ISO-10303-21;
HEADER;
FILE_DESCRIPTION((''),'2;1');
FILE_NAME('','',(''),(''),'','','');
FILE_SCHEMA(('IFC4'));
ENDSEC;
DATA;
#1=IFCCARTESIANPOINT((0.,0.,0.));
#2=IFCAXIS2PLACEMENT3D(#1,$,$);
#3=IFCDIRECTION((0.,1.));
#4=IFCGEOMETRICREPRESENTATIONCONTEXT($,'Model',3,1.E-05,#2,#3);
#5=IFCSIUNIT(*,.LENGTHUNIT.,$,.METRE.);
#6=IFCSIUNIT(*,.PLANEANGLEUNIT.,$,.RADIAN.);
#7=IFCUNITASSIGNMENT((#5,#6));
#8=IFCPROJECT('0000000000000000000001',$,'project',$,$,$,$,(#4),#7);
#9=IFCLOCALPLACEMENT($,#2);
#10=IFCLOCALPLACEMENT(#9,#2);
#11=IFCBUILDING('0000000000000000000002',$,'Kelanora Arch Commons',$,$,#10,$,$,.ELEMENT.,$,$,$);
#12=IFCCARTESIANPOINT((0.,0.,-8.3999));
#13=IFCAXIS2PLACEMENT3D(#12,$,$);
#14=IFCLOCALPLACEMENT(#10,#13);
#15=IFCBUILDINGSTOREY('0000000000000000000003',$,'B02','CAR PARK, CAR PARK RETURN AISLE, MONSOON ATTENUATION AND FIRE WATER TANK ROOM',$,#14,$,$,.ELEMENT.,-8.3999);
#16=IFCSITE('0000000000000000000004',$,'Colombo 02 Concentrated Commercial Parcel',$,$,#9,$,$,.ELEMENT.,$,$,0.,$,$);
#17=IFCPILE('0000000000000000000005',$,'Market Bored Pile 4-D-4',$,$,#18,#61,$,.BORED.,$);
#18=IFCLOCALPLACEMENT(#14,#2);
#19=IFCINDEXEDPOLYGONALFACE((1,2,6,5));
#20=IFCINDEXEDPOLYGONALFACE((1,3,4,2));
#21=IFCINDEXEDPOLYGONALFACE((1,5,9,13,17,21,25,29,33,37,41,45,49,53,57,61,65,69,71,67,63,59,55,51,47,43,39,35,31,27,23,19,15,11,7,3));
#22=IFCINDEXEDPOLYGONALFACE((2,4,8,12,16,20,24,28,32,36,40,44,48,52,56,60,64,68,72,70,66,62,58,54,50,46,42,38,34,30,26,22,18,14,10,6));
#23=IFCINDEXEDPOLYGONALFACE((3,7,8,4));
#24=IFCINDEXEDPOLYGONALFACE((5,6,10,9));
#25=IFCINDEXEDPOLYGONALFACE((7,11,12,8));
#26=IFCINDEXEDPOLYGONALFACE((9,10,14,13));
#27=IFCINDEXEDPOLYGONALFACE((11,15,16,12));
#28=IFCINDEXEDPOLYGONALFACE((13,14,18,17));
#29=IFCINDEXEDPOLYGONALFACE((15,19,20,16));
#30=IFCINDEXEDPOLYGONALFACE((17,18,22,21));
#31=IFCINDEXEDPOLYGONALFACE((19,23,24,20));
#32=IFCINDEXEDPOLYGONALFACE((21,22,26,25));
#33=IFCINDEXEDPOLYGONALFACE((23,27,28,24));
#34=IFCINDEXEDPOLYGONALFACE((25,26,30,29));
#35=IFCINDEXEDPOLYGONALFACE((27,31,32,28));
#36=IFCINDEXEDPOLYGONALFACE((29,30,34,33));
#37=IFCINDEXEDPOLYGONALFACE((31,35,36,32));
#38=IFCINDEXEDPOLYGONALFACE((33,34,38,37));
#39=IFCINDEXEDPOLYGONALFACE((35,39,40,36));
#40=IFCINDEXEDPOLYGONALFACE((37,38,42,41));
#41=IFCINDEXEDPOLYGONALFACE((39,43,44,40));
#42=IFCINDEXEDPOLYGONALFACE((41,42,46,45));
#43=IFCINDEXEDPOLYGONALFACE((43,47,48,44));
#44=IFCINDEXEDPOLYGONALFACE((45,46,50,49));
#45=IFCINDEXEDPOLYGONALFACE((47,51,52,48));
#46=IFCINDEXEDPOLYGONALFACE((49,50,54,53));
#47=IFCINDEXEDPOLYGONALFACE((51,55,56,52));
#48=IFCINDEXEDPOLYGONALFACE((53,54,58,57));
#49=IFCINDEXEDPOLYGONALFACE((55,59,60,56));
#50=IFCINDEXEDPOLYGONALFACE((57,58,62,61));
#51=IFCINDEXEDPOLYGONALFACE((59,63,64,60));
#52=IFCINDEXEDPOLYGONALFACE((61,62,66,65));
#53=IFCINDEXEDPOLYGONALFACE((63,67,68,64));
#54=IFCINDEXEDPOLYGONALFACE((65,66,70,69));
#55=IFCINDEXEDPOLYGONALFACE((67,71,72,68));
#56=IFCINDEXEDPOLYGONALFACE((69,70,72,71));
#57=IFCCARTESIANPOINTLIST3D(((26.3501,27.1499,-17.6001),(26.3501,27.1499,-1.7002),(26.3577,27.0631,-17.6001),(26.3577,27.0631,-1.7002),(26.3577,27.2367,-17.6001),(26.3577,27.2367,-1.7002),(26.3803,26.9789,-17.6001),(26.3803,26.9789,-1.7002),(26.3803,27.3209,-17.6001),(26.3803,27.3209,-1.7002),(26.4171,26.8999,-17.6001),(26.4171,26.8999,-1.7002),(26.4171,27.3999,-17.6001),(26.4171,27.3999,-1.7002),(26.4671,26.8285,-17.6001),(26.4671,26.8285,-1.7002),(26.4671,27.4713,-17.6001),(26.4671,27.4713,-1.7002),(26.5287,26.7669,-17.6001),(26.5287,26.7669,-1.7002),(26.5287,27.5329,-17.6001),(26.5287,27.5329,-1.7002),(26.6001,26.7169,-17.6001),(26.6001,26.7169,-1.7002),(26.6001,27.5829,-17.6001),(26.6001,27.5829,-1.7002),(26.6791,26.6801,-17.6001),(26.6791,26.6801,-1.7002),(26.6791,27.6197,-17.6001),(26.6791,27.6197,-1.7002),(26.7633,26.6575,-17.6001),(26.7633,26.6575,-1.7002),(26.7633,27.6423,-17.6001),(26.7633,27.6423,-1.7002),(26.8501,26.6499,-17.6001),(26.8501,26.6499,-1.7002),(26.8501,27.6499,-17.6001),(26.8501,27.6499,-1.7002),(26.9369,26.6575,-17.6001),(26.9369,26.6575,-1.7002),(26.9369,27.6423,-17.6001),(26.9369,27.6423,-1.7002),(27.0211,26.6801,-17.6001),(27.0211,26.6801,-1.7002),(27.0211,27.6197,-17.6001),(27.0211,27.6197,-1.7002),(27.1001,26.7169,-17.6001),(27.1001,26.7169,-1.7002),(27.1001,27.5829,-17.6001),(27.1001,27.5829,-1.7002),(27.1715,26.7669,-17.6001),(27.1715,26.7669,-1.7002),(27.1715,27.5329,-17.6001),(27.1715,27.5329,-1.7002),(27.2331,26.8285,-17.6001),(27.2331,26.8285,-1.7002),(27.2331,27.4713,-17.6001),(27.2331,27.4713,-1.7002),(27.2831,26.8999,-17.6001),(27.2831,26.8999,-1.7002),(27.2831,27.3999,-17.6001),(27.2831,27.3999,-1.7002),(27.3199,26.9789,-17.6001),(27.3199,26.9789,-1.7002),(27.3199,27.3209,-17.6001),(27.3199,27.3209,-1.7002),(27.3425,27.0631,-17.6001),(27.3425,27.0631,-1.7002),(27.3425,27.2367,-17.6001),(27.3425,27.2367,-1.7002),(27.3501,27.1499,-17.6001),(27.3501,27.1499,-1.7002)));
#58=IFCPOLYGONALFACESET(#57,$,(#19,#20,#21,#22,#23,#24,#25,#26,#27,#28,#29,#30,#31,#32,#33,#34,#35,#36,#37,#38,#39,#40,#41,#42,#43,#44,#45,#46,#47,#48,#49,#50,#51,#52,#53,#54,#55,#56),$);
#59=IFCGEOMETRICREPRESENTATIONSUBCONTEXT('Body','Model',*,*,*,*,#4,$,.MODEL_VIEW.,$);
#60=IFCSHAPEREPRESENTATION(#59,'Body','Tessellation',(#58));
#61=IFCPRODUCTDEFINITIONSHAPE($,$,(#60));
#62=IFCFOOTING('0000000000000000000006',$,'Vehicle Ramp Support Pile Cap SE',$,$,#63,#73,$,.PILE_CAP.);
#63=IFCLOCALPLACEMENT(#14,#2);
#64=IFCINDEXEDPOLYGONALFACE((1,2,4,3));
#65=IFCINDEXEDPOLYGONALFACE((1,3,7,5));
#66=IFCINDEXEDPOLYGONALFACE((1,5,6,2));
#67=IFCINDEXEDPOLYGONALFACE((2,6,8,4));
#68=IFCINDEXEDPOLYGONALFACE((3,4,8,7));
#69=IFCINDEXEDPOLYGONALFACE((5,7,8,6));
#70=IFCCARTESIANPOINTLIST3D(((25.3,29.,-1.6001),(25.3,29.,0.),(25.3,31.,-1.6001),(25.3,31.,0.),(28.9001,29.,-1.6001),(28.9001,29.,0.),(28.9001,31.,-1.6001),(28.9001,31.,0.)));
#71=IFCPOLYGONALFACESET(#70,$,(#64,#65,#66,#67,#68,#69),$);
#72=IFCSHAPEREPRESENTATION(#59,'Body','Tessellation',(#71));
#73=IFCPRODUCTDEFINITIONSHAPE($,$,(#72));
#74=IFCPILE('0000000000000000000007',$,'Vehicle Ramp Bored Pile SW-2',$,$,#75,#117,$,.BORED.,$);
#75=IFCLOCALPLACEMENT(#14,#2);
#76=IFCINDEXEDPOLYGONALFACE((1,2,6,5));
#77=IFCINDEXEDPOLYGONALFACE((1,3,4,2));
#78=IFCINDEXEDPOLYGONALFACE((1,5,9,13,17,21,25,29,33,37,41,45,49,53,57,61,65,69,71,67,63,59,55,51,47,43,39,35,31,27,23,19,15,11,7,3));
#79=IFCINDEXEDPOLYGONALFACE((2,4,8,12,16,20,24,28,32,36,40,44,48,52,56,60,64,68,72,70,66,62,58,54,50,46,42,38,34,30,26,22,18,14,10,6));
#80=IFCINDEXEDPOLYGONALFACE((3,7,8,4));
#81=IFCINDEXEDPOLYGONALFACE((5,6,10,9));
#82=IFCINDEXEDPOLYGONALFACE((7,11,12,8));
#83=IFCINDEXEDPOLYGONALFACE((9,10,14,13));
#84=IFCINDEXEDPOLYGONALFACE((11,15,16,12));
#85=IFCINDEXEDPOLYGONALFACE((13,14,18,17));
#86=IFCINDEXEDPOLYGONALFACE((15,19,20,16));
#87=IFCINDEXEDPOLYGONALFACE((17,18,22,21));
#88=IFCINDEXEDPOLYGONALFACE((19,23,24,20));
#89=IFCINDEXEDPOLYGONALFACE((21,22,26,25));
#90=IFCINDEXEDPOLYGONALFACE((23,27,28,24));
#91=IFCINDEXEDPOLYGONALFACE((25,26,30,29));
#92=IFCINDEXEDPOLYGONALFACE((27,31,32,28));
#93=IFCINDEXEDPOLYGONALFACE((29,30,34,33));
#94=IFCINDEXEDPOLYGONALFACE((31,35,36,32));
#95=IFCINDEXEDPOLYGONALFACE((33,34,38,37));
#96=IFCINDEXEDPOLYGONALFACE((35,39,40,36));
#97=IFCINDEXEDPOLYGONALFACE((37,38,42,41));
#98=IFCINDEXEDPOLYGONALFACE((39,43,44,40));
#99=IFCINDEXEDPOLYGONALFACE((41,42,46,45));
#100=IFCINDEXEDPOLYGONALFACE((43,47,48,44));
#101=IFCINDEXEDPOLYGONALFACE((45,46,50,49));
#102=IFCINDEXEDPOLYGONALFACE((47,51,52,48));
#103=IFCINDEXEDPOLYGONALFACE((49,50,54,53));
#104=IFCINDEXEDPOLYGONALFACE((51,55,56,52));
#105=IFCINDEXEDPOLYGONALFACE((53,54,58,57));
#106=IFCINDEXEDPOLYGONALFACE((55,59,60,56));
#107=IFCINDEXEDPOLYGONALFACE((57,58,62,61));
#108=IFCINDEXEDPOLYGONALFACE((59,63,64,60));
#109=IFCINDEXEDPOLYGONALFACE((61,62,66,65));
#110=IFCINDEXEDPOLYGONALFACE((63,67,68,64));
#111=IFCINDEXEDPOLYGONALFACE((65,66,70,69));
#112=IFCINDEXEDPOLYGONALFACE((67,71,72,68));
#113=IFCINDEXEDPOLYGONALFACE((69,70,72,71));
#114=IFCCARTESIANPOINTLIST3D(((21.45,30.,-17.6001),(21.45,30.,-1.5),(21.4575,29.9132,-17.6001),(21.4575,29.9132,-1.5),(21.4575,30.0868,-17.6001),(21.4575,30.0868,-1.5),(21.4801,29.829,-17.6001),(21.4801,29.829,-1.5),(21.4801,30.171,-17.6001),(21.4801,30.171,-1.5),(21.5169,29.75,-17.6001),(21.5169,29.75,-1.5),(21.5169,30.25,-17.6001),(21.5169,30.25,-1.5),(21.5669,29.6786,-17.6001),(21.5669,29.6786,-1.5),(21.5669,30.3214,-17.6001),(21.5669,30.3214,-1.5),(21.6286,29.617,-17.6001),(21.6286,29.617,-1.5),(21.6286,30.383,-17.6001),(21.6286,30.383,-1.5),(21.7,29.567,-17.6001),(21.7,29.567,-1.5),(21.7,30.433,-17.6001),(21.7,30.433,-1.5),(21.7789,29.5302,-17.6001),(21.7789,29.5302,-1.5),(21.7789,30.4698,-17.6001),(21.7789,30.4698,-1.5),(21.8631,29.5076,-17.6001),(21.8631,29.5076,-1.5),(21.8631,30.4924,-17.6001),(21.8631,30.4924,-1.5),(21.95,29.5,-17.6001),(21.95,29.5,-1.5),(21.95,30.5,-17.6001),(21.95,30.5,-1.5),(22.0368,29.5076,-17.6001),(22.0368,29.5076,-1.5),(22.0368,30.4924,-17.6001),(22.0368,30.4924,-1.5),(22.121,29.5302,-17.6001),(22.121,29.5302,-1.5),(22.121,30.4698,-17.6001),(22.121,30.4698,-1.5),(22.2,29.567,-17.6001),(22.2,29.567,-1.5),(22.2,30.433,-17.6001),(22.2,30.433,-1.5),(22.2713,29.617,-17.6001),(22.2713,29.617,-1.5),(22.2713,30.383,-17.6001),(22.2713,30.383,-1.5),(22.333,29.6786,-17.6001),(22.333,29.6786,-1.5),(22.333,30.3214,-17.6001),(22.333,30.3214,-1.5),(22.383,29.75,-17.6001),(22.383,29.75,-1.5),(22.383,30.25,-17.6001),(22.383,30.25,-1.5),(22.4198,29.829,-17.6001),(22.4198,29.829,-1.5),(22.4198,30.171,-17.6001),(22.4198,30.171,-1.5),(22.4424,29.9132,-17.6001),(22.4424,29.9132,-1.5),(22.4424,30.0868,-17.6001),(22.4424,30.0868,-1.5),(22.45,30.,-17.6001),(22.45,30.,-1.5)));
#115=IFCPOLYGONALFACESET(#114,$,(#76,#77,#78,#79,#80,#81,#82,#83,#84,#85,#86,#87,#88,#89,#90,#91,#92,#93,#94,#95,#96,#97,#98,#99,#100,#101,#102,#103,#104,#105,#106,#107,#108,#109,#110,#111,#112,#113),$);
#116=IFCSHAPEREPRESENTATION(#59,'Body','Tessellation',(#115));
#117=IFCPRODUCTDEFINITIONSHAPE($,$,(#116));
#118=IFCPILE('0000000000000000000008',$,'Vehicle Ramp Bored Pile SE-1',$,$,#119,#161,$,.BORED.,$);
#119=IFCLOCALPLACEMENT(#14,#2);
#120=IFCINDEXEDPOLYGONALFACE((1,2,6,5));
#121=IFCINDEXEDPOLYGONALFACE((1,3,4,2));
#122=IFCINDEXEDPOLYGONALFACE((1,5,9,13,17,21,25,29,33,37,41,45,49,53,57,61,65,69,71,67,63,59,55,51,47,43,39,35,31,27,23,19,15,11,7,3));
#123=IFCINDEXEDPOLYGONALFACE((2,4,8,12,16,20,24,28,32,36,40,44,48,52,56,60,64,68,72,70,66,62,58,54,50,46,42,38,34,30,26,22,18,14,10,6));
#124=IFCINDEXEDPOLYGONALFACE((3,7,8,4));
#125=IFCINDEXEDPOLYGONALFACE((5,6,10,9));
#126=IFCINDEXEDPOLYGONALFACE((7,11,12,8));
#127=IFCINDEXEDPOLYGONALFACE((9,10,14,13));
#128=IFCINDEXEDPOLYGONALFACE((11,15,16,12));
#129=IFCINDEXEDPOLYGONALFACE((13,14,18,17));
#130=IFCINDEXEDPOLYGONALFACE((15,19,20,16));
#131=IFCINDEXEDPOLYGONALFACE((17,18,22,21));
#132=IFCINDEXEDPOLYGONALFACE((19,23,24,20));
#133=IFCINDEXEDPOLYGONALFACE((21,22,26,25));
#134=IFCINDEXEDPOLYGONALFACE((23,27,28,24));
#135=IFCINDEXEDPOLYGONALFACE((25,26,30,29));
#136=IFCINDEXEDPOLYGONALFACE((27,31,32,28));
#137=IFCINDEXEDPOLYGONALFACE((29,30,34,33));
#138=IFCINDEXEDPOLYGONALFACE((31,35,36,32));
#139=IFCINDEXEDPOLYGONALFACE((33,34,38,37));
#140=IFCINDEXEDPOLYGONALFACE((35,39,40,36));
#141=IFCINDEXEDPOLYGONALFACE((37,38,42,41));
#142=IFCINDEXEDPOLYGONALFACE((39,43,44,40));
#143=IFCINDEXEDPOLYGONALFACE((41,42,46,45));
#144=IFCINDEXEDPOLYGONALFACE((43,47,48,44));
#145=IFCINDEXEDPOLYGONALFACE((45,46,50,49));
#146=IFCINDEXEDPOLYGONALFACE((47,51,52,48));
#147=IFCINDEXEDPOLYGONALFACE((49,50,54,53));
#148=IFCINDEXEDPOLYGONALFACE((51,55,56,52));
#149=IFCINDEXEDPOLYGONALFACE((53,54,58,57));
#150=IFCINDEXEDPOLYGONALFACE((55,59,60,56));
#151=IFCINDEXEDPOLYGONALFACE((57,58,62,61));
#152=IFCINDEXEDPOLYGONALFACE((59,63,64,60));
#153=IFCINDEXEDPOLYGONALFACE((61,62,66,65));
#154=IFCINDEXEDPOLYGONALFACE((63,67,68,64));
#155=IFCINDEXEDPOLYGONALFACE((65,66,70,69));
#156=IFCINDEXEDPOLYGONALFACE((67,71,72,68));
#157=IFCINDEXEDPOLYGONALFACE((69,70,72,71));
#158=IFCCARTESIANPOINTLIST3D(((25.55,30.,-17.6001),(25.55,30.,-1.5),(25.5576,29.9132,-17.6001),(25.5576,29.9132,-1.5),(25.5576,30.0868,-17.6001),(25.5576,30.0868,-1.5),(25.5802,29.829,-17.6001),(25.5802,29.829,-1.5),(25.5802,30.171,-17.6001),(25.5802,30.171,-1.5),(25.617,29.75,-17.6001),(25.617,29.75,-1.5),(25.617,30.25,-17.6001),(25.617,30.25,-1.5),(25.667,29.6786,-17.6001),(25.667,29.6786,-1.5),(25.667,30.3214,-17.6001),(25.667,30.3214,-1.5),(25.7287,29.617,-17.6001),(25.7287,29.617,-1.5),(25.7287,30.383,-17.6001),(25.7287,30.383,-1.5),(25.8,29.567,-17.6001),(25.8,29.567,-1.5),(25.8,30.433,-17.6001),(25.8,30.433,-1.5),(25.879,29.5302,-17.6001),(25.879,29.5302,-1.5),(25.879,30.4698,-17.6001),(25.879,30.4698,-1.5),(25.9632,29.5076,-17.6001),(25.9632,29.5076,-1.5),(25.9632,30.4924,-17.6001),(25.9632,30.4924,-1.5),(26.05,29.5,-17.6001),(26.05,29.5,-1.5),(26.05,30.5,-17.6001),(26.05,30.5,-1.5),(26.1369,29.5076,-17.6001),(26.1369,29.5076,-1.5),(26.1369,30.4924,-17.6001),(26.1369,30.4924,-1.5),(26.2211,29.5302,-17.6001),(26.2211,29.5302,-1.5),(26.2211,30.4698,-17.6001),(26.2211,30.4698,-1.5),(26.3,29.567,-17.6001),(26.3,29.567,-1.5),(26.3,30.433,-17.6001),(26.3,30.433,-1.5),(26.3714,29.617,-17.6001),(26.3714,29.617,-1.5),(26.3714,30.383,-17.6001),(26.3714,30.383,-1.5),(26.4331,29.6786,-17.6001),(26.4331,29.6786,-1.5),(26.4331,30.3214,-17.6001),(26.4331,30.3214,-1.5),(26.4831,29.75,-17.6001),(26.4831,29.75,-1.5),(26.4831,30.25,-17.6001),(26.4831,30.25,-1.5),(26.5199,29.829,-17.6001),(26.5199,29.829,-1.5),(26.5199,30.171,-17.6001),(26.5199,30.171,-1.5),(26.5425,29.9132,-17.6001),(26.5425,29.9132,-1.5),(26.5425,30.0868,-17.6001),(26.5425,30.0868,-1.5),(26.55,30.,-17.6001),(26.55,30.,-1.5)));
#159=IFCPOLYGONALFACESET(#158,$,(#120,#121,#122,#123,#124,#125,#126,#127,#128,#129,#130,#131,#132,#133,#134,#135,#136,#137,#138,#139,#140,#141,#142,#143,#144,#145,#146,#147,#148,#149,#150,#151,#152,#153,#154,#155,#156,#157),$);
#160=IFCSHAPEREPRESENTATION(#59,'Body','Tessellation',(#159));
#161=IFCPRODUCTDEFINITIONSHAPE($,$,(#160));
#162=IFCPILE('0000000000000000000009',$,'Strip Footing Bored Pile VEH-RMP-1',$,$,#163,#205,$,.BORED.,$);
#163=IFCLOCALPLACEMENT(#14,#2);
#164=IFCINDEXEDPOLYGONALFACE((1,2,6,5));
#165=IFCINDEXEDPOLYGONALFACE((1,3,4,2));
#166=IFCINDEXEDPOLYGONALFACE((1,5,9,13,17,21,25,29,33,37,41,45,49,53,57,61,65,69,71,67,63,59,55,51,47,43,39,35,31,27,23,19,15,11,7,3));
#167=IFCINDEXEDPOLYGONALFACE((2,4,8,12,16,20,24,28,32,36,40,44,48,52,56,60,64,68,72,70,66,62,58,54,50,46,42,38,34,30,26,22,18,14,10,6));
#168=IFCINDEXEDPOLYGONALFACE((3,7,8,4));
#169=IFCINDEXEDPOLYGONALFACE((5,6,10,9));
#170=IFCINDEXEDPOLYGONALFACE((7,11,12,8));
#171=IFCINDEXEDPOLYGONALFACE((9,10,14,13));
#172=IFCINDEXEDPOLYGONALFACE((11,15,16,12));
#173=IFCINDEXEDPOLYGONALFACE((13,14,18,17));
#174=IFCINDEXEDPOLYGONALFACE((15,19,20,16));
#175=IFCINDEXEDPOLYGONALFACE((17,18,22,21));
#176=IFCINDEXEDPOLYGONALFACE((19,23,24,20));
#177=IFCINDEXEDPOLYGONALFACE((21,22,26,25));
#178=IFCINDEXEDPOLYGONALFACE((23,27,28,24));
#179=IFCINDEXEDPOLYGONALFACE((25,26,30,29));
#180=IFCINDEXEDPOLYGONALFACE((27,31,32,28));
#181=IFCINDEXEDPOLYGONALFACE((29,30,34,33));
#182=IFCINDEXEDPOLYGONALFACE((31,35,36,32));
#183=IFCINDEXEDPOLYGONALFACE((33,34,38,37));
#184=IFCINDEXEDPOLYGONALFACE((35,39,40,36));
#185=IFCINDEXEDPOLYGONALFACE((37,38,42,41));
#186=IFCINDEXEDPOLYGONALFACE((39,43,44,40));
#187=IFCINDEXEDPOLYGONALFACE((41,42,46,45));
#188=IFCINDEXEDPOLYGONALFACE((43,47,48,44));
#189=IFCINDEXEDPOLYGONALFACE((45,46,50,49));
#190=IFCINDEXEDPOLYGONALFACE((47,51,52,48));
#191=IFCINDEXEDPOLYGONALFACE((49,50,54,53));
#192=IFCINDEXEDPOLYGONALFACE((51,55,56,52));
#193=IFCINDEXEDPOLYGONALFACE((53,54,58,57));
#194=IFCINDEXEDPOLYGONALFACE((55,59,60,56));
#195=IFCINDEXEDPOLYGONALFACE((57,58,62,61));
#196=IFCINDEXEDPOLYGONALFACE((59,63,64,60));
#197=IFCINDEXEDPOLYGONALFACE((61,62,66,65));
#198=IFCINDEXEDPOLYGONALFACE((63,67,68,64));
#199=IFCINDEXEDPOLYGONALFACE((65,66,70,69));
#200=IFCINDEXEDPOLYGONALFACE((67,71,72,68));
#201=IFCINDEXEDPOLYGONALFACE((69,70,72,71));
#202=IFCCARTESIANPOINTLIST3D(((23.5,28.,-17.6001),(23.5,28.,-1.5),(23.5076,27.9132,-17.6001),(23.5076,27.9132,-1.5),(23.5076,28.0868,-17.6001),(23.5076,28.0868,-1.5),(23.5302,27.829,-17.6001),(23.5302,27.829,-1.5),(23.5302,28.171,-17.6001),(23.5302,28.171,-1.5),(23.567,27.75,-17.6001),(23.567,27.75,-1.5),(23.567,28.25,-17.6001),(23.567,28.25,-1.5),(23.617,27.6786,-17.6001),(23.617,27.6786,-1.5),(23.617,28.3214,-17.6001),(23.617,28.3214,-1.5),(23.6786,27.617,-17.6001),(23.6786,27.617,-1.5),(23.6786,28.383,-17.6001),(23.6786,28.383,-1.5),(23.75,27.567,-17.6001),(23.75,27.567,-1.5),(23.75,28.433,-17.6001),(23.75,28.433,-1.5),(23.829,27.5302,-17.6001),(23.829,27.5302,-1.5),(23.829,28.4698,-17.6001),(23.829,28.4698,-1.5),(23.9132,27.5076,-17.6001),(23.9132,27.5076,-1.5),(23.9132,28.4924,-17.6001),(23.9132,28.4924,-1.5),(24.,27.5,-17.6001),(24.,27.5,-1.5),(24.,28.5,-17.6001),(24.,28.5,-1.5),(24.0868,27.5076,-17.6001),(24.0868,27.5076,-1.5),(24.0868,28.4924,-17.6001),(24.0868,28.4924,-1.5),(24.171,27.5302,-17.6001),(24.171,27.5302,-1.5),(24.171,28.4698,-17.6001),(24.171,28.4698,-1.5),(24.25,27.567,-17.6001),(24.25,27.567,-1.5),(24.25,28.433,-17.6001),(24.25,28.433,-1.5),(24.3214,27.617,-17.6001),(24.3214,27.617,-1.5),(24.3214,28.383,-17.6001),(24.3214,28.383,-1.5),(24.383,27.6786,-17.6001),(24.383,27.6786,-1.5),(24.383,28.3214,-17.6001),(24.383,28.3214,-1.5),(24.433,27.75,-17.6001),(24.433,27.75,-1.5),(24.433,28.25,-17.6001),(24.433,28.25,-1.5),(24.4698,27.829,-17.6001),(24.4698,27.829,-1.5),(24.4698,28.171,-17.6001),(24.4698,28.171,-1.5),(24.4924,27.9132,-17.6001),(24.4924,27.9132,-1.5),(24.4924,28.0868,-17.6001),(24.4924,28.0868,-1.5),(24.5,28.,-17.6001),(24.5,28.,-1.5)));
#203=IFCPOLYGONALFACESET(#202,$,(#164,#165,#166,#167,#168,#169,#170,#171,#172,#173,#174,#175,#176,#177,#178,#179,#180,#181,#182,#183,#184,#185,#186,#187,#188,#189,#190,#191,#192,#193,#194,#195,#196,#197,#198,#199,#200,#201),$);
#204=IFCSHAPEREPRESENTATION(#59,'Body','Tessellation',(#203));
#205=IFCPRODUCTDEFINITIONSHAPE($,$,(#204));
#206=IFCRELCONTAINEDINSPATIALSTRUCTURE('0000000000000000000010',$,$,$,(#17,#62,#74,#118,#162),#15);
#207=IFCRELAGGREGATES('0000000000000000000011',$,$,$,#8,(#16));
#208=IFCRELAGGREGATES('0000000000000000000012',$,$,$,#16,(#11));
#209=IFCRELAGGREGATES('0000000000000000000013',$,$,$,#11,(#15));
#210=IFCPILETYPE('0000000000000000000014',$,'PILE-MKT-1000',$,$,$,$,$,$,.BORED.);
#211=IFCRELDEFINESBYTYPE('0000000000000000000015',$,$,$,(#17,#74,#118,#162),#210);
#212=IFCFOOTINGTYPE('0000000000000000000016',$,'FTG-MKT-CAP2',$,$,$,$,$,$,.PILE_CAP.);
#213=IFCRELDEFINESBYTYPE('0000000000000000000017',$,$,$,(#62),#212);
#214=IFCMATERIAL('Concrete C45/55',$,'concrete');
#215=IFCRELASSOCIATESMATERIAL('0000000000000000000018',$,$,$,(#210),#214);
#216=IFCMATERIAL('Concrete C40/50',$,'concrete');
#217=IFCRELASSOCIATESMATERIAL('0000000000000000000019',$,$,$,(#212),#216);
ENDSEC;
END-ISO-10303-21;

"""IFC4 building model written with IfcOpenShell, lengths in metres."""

from ifc_helpers import new_model, si_unit, direction, frame, origin, origin_2d, place, context, subcontext, project, spatial, rectangle, circle, extrude, source, transform, mapped, material, material_profile, profile_set, type_object, element, save


model = new_model("IFC4")

# Units and contexts
model_context = context("Model", 3, precision=1e-05, world=origin(), true_north=direction((0.0, 1.0)))
body_context = subcontext(model_context, "Body", "Model", "MODEL_VIEW")
ifc_project = project(units=[si_unit("LENGTHUNIT", "METRE"), si_unit("PLANEANGLEUNIT", "RADIAN")], contexts=[model_context])

# Site, building, storey
site_placement = place(None, origin())
site = spatial("IfcSite", under=ifc_project, at=site_placement, Name="Colombo 02 Concentrated Commercial Parcel", CompositionType="ELEMENT", RefElevation=0.0)
building_placement = place(site_placement, origin())
building = spatial("IfcBuilding", under=site, at=building_placement, Name="Kelanora Arch Commons", CompositionType="ELEMENT")
storey_placement = place(building_placement, frame((0.0, 0.0, -8.3999)))
storey = spatial("IfcBuildingStorey", under=building, at=storey_placement, Name="B02", Description="CAR PARK, CAR PARK RETURN AISLE, MONSOON ATTENUATION AND FIRE WATER TANK ROOM", CompositionType="ELEMENT", Elevation=-8.3999)

# Shared definitions
ifc_material_1 = material(Name="Concrete C40/50", Category="concrete")

# Pile
ifc_material_2 = material(Name="Concrete C45/55", Category="concrete")
ifc_material_profile_1 = material_profile(ifc_material_2, circle(Radius=0.5, at=origin_2d()), Name="PILE1000")
ifc_profile_set_1 = profile_set([ifc_material_profile_1], Name="Concrete C45/55")
pile_type = type_object("IfcPileType", Name="PILE-MKT-1000", PredefinedType="BORED", material=ifc_profile_set_1)
shared_shape_1 = source(origin(), body_context, "Body", "SweptSolid", [
    extrude(circle(Radius=0.5, at=origin_2d()), origin(), (0.0, 0.0, 1.0), 15.8999),
])
for number, where, z_axis, x_axis, name in (
    (1, (26.8501, 27.1499, -1.7002), (0.0, 0.0, -1.0), (1.0, 0.0, 0.0), "Market Bored Pile 4-D-4"),
):
    element("IfcPile", number, at=place(storey_placement, frame(where, z_axis=z_axis, x_axis=x_axis)), inside=storey, type_object=pile_type, Name=name, PredefinedType="BORED", context=body_context, shape_type="MappedRepresentation", body=[
        mapped(shared_shape_1, transform((0.0, 0.0, 0.0), scale=1.0)),
    ])

# Footing
footing_type_1 = type_object("IfcFootingType", Name="FTG-MKT-CAP2", PredefinedType="PILE_CAP", material=ifc_material_1)
shared_shape_2 = source(origin(), body_context, "Body", "SweptSolid", [
    extrude(rectangle(XDim=3.6001, YDim=2.0, at=origin_2d()), origin(), (0.0, 0.0, 1.0), 1.6001),
])
footing_1_placement = place(storey_placement, frame((27.1001, 30.0, -1.6001), z_axis=(0.0, 0.0, 1.0), x_axis=(1.0, 0.0, 0.0)))
element("IfcFooting", 2, at=footing_1_placement, inside=storey, type_object=footing_type_1, Name="Vehicle Ramp Support Pile Cap SE", PredefinedType="PILE_CAP", context=body_context, shape_type="MappedRepresentation", body=[
    mapped(shared_shape_2, transform((0.0, 0.0, 0.0), scale=1.0)),
])

# Piles
shared_shape_3 = source(origin(), body_context, "Body", "SweptSolid", [
    extrude(circle(Radius=0.5, at=origin_2d()), origin(), (0.0, 0.0, 1.0), 16.1001),
])
for number, where, z_axis, x_axis, name in (
    (3, (21.95, 30.0, -1.5), (0.0, 0.0, -1.0), (1.0, 0.0, 0.0), "Vehicle Ramp Bored Pile SW-2"),
    (4, (26.05, 30.0, -1.5), (0.0, 0.0, -1.0), (1.0, 0.0, 0.0), "Vehicle Ramp Bored Pile SE-1"),
    (5, (24.0, 28.0, -1.5), (0.0, 0.0, -1.0), (1.0, 0.0, 0.0), "Strip Footing Bored Pile VEH-RMP-1"),
):
    element("IfcPile", number, at=place(storey_placement, frame(where, z_axis=z_axis, x_axis=x_axis)), inside=storey, type_object=pile_type, Name=name, PredefinedType="BORED", context=body_context, shape_type="MappedRepresentation", body=[
        mapped(shared_shape_3, transform((0.0, 0.0, 0.0), scale=1.0)),
    ])

save(model, "model.ifc")
